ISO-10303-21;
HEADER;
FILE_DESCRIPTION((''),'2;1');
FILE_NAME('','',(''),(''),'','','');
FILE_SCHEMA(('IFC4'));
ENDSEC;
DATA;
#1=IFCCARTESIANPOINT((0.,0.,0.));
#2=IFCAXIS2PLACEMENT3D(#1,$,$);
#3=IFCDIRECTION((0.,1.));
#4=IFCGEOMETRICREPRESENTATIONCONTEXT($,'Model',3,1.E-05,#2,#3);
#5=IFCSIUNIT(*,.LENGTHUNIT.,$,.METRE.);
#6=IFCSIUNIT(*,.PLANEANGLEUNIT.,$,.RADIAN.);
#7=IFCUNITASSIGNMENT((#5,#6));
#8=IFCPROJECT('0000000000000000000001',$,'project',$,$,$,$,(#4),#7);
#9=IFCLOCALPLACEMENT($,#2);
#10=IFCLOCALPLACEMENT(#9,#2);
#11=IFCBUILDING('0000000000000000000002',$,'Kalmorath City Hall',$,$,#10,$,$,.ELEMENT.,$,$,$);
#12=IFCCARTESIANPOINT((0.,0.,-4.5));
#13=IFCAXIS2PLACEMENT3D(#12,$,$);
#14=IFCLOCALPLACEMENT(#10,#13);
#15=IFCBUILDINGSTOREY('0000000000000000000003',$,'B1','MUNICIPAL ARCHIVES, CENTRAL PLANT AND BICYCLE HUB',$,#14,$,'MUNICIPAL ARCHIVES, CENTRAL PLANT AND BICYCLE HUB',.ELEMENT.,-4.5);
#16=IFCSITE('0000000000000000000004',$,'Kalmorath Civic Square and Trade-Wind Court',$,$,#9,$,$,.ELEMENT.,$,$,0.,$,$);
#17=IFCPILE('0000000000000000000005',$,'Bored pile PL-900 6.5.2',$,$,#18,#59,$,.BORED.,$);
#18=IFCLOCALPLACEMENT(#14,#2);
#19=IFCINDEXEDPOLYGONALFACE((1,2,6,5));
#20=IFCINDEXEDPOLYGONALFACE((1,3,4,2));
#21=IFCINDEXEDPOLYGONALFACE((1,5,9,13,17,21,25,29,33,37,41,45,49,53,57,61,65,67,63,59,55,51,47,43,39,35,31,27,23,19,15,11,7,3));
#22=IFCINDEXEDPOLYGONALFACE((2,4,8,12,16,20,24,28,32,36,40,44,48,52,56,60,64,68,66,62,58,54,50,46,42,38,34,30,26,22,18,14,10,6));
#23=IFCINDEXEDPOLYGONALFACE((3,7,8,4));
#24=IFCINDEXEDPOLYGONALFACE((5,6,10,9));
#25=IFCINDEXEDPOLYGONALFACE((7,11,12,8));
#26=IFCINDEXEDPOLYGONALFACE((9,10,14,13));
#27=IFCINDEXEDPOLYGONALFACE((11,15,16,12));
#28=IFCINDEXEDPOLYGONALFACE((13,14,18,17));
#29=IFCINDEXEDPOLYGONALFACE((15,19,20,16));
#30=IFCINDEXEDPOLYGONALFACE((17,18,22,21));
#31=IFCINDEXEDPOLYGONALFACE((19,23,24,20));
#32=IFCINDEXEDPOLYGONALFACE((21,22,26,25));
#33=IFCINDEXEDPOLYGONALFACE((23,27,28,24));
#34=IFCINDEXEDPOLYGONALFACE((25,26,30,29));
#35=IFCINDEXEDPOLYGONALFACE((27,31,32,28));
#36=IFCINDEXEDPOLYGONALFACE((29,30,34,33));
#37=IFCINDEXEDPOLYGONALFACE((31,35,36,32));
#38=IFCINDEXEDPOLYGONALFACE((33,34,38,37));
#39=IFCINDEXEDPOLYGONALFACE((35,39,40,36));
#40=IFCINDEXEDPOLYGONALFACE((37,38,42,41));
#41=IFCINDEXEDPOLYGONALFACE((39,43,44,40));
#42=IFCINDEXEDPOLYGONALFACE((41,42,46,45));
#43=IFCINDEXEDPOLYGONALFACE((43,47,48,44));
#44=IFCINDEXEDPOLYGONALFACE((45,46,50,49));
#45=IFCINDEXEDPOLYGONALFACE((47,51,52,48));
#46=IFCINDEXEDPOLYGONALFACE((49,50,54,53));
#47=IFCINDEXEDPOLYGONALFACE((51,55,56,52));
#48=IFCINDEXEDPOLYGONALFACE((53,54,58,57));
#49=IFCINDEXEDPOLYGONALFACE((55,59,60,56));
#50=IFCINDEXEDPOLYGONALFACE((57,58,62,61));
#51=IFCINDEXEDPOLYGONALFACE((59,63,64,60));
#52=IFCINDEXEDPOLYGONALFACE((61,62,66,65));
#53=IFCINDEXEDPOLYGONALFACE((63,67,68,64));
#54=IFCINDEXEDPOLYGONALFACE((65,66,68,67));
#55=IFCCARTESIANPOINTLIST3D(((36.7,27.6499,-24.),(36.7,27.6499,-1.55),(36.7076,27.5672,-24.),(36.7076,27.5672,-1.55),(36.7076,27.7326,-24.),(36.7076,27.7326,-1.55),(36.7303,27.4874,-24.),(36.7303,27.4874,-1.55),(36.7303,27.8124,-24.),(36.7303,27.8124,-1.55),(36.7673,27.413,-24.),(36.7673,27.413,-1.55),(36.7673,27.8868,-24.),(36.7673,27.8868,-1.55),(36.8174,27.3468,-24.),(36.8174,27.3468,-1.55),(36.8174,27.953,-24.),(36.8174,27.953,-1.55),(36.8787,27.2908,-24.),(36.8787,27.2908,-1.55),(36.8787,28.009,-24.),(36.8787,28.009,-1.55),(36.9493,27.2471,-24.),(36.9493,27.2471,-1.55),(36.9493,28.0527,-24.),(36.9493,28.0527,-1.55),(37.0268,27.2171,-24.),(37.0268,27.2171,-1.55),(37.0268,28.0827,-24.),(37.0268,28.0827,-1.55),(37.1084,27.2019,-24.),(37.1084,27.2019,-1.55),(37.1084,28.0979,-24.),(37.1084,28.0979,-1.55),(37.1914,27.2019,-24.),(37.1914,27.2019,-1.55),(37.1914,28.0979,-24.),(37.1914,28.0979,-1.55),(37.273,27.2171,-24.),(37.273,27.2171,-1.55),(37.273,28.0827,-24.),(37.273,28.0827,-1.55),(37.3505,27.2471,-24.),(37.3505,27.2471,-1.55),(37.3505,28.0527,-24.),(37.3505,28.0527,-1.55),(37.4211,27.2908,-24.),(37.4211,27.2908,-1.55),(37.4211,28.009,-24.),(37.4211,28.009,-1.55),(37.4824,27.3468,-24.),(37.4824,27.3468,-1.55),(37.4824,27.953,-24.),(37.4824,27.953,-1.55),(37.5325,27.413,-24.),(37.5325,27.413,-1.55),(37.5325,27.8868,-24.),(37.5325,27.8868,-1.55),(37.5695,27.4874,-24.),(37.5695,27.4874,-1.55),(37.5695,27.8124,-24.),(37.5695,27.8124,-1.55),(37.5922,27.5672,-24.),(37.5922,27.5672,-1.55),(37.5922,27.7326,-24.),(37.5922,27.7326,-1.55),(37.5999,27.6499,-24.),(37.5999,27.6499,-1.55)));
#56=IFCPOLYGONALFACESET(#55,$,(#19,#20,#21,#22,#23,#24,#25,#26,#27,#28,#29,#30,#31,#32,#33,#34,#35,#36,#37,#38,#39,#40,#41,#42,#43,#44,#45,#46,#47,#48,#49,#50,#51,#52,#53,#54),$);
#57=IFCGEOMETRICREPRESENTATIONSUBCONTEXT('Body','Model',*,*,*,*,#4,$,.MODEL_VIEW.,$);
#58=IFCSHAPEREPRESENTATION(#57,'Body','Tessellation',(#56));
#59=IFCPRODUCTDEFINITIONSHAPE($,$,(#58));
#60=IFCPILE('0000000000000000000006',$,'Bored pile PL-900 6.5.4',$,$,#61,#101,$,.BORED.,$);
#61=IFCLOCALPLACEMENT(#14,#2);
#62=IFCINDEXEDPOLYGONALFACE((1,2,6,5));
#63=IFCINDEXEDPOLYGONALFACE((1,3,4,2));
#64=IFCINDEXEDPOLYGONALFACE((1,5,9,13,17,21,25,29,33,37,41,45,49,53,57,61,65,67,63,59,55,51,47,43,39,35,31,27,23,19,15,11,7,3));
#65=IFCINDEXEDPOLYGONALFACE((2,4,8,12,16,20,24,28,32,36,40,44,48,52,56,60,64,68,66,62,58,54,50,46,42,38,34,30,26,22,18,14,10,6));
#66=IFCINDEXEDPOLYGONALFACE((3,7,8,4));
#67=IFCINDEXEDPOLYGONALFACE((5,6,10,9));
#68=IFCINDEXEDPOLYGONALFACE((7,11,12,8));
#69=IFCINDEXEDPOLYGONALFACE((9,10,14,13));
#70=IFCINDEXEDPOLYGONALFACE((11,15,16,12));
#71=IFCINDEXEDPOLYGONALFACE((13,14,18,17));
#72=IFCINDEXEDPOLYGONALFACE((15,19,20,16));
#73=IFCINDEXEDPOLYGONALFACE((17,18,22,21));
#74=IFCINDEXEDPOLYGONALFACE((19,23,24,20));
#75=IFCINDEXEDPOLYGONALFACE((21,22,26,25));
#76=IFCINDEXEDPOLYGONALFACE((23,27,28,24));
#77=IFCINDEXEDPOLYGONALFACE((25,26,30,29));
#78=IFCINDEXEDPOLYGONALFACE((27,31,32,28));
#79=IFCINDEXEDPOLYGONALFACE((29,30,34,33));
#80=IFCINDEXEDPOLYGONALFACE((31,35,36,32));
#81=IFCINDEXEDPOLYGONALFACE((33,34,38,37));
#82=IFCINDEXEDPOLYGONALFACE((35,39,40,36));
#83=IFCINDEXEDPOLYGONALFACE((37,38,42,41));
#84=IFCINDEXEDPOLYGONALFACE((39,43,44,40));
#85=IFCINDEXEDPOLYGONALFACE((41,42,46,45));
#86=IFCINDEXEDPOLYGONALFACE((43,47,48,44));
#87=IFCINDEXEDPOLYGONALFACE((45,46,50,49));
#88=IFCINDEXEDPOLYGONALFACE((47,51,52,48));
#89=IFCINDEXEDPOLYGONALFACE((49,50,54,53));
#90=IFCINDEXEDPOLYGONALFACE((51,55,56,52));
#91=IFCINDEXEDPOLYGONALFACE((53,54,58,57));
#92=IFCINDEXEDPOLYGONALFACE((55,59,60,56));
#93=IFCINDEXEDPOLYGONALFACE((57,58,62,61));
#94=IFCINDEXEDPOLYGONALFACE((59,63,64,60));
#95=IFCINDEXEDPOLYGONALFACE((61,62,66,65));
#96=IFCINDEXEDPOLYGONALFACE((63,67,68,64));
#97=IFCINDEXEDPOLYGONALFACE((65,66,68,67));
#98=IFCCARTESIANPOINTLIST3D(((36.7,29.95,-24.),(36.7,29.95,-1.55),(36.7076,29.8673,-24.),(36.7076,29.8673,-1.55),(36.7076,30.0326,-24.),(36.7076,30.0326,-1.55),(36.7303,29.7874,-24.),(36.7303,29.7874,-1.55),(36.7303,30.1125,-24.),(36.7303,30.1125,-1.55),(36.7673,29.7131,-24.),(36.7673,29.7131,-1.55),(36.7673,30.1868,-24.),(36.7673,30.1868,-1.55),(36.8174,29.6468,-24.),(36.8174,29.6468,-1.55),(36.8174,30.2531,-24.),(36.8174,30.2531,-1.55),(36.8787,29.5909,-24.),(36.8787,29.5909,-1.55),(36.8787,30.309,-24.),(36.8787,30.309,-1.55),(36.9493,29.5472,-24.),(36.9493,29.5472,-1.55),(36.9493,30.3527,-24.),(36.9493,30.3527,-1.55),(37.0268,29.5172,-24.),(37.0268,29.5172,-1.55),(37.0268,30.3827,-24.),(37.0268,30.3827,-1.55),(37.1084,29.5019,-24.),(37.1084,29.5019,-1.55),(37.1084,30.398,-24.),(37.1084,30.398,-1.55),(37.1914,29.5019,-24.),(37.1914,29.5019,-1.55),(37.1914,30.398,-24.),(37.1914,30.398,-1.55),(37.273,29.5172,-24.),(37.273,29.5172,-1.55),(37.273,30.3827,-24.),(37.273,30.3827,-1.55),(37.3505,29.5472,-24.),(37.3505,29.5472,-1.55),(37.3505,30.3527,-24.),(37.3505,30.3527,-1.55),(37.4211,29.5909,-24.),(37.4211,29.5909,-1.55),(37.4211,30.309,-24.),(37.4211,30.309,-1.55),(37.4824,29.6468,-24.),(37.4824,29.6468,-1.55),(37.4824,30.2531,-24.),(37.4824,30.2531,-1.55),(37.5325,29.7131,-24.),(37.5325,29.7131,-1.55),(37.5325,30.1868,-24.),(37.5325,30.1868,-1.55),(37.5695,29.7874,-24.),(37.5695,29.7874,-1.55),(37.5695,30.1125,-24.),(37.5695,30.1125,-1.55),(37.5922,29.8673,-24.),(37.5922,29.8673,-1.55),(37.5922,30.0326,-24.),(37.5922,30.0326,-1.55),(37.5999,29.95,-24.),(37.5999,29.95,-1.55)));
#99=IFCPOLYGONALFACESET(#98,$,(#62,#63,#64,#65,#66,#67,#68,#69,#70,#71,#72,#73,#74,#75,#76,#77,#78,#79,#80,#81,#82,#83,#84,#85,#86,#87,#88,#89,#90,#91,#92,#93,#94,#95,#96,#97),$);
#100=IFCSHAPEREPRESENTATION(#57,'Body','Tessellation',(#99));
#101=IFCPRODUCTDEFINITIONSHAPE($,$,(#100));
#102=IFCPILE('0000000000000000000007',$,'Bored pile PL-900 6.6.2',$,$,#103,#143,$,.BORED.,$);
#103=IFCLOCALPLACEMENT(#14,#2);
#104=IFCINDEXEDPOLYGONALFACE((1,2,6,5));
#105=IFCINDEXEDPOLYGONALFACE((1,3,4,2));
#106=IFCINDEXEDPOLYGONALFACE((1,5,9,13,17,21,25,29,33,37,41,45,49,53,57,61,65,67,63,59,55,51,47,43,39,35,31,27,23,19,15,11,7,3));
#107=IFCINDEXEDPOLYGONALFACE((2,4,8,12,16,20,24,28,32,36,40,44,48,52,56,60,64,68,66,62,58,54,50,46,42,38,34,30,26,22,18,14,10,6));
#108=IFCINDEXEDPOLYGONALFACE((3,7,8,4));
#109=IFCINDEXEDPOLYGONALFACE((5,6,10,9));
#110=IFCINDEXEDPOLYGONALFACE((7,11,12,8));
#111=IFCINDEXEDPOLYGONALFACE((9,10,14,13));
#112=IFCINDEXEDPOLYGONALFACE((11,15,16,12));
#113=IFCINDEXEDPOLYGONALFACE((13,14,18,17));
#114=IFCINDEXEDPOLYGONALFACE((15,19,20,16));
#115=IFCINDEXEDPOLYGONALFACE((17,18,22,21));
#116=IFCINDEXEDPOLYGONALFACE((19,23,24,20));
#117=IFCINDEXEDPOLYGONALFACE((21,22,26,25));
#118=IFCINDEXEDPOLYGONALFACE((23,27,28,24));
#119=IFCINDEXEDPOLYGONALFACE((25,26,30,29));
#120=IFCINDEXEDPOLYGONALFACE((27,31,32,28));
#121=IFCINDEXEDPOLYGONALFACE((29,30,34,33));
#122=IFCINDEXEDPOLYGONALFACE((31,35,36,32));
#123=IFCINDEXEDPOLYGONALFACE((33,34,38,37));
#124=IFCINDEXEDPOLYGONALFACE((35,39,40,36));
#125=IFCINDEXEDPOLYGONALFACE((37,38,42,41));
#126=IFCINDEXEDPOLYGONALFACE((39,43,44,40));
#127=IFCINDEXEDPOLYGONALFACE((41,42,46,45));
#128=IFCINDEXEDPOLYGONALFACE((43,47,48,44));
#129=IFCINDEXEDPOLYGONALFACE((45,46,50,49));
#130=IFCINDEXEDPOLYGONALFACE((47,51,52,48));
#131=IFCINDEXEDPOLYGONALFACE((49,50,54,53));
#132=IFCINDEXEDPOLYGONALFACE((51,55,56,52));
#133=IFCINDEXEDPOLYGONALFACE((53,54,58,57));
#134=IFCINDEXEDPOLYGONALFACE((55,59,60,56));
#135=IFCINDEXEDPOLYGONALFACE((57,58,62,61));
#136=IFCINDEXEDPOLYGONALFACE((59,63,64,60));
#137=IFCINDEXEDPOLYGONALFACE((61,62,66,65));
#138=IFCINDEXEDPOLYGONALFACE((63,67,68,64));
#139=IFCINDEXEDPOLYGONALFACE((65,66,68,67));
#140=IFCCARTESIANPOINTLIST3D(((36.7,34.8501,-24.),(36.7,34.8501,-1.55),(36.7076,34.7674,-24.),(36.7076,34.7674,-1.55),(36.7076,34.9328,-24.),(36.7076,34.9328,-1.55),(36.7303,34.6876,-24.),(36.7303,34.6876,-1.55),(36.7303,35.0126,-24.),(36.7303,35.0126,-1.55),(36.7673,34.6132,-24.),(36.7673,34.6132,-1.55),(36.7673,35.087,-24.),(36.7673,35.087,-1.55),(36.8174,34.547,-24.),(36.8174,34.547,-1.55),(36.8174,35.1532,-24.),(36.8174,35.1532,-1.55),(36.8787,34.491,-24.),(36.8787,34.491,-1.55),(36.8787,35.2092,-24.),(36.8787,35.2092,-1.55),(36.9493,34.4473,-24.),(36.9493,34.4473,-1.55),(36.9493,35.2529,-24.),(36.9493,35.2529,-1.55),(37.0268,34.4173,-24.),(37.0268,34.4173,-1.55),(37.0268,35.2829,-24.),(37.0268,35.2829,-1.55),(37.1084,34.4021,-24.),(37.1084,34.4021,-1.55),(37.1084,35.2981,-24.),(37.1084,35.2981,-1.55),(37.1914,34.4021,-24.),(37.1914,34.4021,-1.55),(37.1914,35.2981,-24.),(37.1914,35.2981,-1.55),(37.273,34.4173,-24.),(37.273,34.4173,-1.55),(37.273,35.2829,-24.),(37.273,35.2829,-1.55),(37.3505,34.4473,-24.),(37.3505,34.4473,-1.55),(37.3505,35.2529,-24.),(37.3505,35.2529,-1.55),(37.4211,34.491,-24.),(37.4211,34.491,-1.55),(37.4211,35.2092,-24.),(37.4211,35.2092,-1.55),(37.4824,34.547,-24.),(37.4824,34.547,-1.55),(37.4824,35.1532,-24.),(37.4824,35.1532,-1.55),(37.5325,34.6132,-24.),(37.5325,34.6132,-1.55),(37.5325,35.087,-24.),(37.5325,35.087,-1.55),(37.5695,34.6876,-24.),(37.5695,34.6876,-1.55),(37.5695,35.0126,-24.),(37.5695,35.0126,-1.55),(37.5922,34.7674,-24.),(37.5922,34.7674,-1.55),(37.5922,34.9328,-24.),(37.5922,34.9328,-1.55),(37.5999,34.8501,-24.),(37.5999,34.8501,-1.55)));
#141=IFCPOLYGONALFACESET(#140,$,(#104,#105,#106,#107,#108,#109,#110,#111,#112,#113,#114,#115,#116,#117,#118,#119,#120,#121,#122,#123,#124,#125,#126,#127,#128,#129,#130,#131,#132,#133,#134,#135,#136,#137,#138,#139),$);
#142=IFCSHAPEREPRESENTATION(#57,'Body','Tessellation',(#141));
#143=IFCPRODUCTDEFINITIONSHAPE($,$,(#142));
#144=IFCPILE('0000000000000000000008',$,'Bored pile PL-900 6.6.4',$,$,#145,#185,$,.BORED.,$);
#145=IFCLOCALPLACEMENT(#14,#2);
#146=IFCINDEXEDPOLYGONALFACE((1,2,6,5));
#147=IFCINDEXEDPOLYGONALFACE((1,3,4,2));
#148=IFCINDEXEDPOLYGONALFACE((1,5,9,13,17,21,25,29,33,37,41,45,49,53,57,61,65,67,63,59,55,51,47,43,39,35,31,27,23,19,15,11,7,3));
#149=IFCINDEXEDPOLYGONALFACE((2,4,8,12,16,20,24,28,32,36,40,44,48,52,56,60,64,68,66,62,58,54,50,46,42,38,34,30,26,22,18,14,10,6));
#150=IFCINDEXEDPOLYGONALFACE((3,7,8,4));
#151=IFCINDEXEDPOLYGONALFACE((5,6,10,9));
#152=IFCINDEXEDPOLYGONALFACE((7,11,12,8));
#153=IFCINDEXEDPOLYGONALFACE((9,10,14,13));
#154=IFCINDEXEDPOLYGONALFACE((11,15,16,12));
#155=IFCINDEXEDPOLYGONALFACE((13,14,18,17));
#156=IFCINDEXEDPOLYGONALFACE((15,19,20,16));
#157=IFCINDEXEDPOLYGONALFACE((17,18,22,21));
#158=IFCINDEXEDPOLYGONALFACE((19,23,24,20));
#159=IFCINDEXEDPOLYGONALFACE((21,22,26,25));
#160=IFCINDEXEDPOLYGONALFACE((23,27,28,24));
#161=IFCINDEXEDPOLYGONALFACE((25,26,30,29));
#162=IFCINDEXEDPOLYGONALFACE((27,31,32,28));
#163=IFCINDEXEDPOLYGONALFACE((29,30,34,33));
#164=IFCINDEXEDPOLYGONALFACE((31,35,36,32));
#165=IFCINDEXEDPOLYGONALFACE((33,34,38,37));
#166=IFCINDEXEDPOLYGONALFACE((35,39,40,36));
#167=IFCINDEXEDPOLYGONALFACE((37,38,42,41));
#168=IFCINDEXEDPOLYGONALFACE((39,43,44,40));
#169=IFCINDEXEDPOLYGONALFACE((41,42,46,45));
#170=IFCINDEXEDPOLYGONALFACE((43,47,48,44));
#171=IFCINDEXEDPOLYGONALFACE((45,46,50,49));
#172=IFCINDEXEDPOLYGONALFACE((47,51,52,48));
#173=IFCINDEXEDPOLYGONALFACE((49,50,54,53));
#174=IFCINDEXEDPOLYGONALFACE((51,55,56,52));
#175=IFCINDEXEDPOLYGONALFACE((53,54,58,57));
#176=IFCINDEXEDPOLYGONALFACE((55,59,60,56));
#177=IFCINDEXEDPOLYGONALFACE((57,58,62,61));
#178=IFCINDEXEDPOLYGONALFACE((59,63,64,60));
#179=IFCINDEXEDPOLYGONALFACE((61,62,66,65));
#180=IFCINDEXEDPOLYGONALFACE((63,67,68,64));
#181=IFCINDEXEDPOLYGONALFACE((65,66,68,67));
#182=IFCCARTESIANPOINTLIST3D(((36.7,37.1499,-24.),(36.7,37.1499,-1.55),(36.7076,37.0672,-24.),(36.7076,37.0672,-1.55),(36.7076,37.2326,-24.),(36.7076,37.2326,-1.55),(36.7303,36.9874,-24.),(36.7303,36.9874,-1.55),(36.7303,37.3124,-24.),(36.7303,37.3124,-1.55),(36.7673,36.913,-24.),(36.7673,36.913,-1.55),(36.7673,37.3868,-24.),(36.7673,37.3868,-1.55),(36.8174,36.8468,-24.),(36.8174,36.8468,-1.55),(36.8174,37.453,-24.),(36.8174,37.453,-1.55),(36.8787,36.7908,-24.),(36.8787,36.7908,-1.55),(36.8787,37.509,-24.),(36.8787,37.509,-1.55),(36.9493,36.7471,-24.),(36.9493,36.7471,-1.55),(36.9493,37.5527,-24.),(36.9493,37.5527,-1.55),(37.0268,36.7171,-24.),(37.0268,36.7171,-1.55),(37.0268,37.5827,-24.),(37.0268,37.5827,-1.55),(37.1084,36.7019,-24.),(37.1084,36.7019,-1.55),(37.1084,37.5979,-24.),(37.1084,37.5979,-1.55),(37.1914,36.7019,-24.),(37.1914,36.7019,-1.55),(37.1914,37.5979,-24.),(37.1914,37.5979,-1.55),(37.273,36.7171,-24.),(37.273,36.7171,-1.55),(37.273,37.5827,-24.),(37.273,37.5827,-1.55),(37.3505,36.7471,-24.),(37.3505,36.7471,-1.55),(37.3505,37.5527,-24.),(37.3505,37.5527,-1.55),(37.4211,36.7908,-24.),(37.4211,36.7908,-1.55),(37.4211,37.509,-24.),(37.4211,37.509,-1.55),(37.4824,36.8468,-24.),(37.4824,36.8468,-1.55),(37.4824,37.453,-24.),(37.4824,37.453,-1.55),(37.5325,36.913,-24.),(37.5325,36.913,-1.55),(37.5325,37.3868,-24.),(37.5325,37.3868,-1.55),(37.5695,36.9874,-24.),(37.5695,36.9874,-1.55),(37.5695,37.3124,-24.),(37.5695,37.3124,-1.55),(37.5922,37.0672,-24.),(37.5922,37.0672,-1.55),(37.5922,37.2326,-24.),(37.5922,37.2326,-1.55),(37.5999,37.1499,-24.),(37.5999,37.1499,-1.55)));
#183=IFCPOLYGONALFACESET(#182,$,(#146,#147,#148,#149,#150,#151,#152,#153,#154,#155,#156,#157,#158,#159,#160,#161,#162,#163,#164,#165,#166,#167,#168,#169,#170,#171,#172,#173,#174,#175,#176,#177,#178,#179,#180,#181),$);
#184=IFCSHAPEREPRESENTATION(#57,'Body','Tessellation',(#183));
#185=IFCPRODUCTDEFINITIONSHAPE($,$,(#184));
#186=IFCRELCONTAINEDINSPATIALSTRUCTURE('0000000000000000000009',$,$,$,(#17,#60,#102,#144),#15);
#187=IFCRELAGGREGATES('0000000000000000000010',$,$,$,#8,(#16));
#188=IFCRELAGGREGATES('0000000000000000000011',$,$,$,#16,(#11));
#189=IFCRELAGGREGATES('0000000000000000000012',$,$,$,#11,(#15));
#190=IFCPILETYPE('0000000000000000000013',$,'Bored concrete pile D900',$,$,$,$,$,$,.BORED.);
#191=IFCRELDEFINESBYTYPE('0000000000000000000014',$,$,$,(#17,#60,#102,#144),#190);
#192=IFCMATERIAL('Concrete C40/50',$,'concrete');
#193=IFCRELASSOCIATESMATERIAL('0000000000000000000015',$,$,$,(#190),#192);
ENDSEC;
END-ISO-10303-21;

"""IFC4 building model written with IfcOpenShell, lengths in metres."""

from ifc_helpers import new_model, si_unit, direction, frame, origin, origin_2d, place, context, subcontext, project, spatial, circle, extrude, material, material_profile, profile_set, type_object, element, save


model = new_model("IFC4")

# Units and contexts
model_context = context("Model", 3, precision=1e-05, world=origin(), true_north=direction((0.0, 1.0)))
body_context = subcontext(model_context, "Body", "Model", "MODEL_VIEW")
ifc_project = project(units=[si_unit("LENGTHUNIT", "METRE"), si_unit("PLANEANGLEUNIT", "RADIAN")], contexts=[model_context])

# Site, building, storey
site_placement = place(None, origin())
site = spatial("IfcSite", under=ifc_project, at=site_placement, Name="Kalmorath Civic Square and Trade-Wind Court", CompositionType="ELEMENT", RefElevation=0.0)
building_placement = place(site_placement, origin())
building = spatial("IfcBuilding", under=site, at=building_placement, Name="Kalmorath City Hall", CompositionType="ELEMENT")
storey_placement = place(building_placement, frame((0.0, 0.0, -4.5)))
storey = spatial("IfcBuildingStorey", under=building, at=storey_placement, Name="B1", Description="MUNICIPAL ARCHIVES, CENTRAL PLANT AND BICYCLE HUB", LongName="MUNICIPAL ARCHIVES, CENTRAL PLANT AND BICYCLE HUB", CompositionType="ELEMENT", Elevation=-4.5)

# Piles
ifc_material_1 = material(Name="Concrete C40/50", Category="concrete")
ifc_material_profile_1 = material_profile(ifc_material_1, circle(Radius=0.45, at=origin_2d()), Name="PILE-D900")
ifc_profile_set_1 = profile_set([ifc_material_profile_1], Name="Concrete C40/50")
pile_type = type_object("IfcPileType", Name="Bored concrete pile D900", PredefinedType="BORED", material=ifc_profile_set_1)
for number, where, z_axis, x_axis, name in (
    (1, (37.1499, 27.6499, -1.55), (0.0, 0.0, -1.0), (1.0, 0.0, 0.0), "Bored pile PL-900 6.5.2"),
    (2, (37.1499, 29.95, -1.55), (0.0, 0.0, -1.0), (1.0, 0.0, 0.0), "Bored pile PL-900 6.5.4"),
    (3, (37.1499, 34.8501, -1.55), (0.0, 0.0, -1.0), (1.0, 0.0, 0.0), "Bored pile PL-900 6.6.2"),
    (4, (37.1499, 37.1499, -1.55), (0.0, 0.0, -1.0), (1.0, 0.0, 0.0), "Bored pile PL-900 6.6.4"),
):
    element("IfcPile", number, at=place(storey_placement, frame(where, z_axis=z_axis, x_axis=x_axis)), inside=storey, type_object=pile_type, Name=name, PredefinedType="BORED", context=body_context, shape_type="SweptSolid", body=[
        extrude(circle(Radius=0.45, at=origin_2d()), origin(), (0.0, 0.0, 1.0), 22.45),
    ])

save(model, "model.ifc")
